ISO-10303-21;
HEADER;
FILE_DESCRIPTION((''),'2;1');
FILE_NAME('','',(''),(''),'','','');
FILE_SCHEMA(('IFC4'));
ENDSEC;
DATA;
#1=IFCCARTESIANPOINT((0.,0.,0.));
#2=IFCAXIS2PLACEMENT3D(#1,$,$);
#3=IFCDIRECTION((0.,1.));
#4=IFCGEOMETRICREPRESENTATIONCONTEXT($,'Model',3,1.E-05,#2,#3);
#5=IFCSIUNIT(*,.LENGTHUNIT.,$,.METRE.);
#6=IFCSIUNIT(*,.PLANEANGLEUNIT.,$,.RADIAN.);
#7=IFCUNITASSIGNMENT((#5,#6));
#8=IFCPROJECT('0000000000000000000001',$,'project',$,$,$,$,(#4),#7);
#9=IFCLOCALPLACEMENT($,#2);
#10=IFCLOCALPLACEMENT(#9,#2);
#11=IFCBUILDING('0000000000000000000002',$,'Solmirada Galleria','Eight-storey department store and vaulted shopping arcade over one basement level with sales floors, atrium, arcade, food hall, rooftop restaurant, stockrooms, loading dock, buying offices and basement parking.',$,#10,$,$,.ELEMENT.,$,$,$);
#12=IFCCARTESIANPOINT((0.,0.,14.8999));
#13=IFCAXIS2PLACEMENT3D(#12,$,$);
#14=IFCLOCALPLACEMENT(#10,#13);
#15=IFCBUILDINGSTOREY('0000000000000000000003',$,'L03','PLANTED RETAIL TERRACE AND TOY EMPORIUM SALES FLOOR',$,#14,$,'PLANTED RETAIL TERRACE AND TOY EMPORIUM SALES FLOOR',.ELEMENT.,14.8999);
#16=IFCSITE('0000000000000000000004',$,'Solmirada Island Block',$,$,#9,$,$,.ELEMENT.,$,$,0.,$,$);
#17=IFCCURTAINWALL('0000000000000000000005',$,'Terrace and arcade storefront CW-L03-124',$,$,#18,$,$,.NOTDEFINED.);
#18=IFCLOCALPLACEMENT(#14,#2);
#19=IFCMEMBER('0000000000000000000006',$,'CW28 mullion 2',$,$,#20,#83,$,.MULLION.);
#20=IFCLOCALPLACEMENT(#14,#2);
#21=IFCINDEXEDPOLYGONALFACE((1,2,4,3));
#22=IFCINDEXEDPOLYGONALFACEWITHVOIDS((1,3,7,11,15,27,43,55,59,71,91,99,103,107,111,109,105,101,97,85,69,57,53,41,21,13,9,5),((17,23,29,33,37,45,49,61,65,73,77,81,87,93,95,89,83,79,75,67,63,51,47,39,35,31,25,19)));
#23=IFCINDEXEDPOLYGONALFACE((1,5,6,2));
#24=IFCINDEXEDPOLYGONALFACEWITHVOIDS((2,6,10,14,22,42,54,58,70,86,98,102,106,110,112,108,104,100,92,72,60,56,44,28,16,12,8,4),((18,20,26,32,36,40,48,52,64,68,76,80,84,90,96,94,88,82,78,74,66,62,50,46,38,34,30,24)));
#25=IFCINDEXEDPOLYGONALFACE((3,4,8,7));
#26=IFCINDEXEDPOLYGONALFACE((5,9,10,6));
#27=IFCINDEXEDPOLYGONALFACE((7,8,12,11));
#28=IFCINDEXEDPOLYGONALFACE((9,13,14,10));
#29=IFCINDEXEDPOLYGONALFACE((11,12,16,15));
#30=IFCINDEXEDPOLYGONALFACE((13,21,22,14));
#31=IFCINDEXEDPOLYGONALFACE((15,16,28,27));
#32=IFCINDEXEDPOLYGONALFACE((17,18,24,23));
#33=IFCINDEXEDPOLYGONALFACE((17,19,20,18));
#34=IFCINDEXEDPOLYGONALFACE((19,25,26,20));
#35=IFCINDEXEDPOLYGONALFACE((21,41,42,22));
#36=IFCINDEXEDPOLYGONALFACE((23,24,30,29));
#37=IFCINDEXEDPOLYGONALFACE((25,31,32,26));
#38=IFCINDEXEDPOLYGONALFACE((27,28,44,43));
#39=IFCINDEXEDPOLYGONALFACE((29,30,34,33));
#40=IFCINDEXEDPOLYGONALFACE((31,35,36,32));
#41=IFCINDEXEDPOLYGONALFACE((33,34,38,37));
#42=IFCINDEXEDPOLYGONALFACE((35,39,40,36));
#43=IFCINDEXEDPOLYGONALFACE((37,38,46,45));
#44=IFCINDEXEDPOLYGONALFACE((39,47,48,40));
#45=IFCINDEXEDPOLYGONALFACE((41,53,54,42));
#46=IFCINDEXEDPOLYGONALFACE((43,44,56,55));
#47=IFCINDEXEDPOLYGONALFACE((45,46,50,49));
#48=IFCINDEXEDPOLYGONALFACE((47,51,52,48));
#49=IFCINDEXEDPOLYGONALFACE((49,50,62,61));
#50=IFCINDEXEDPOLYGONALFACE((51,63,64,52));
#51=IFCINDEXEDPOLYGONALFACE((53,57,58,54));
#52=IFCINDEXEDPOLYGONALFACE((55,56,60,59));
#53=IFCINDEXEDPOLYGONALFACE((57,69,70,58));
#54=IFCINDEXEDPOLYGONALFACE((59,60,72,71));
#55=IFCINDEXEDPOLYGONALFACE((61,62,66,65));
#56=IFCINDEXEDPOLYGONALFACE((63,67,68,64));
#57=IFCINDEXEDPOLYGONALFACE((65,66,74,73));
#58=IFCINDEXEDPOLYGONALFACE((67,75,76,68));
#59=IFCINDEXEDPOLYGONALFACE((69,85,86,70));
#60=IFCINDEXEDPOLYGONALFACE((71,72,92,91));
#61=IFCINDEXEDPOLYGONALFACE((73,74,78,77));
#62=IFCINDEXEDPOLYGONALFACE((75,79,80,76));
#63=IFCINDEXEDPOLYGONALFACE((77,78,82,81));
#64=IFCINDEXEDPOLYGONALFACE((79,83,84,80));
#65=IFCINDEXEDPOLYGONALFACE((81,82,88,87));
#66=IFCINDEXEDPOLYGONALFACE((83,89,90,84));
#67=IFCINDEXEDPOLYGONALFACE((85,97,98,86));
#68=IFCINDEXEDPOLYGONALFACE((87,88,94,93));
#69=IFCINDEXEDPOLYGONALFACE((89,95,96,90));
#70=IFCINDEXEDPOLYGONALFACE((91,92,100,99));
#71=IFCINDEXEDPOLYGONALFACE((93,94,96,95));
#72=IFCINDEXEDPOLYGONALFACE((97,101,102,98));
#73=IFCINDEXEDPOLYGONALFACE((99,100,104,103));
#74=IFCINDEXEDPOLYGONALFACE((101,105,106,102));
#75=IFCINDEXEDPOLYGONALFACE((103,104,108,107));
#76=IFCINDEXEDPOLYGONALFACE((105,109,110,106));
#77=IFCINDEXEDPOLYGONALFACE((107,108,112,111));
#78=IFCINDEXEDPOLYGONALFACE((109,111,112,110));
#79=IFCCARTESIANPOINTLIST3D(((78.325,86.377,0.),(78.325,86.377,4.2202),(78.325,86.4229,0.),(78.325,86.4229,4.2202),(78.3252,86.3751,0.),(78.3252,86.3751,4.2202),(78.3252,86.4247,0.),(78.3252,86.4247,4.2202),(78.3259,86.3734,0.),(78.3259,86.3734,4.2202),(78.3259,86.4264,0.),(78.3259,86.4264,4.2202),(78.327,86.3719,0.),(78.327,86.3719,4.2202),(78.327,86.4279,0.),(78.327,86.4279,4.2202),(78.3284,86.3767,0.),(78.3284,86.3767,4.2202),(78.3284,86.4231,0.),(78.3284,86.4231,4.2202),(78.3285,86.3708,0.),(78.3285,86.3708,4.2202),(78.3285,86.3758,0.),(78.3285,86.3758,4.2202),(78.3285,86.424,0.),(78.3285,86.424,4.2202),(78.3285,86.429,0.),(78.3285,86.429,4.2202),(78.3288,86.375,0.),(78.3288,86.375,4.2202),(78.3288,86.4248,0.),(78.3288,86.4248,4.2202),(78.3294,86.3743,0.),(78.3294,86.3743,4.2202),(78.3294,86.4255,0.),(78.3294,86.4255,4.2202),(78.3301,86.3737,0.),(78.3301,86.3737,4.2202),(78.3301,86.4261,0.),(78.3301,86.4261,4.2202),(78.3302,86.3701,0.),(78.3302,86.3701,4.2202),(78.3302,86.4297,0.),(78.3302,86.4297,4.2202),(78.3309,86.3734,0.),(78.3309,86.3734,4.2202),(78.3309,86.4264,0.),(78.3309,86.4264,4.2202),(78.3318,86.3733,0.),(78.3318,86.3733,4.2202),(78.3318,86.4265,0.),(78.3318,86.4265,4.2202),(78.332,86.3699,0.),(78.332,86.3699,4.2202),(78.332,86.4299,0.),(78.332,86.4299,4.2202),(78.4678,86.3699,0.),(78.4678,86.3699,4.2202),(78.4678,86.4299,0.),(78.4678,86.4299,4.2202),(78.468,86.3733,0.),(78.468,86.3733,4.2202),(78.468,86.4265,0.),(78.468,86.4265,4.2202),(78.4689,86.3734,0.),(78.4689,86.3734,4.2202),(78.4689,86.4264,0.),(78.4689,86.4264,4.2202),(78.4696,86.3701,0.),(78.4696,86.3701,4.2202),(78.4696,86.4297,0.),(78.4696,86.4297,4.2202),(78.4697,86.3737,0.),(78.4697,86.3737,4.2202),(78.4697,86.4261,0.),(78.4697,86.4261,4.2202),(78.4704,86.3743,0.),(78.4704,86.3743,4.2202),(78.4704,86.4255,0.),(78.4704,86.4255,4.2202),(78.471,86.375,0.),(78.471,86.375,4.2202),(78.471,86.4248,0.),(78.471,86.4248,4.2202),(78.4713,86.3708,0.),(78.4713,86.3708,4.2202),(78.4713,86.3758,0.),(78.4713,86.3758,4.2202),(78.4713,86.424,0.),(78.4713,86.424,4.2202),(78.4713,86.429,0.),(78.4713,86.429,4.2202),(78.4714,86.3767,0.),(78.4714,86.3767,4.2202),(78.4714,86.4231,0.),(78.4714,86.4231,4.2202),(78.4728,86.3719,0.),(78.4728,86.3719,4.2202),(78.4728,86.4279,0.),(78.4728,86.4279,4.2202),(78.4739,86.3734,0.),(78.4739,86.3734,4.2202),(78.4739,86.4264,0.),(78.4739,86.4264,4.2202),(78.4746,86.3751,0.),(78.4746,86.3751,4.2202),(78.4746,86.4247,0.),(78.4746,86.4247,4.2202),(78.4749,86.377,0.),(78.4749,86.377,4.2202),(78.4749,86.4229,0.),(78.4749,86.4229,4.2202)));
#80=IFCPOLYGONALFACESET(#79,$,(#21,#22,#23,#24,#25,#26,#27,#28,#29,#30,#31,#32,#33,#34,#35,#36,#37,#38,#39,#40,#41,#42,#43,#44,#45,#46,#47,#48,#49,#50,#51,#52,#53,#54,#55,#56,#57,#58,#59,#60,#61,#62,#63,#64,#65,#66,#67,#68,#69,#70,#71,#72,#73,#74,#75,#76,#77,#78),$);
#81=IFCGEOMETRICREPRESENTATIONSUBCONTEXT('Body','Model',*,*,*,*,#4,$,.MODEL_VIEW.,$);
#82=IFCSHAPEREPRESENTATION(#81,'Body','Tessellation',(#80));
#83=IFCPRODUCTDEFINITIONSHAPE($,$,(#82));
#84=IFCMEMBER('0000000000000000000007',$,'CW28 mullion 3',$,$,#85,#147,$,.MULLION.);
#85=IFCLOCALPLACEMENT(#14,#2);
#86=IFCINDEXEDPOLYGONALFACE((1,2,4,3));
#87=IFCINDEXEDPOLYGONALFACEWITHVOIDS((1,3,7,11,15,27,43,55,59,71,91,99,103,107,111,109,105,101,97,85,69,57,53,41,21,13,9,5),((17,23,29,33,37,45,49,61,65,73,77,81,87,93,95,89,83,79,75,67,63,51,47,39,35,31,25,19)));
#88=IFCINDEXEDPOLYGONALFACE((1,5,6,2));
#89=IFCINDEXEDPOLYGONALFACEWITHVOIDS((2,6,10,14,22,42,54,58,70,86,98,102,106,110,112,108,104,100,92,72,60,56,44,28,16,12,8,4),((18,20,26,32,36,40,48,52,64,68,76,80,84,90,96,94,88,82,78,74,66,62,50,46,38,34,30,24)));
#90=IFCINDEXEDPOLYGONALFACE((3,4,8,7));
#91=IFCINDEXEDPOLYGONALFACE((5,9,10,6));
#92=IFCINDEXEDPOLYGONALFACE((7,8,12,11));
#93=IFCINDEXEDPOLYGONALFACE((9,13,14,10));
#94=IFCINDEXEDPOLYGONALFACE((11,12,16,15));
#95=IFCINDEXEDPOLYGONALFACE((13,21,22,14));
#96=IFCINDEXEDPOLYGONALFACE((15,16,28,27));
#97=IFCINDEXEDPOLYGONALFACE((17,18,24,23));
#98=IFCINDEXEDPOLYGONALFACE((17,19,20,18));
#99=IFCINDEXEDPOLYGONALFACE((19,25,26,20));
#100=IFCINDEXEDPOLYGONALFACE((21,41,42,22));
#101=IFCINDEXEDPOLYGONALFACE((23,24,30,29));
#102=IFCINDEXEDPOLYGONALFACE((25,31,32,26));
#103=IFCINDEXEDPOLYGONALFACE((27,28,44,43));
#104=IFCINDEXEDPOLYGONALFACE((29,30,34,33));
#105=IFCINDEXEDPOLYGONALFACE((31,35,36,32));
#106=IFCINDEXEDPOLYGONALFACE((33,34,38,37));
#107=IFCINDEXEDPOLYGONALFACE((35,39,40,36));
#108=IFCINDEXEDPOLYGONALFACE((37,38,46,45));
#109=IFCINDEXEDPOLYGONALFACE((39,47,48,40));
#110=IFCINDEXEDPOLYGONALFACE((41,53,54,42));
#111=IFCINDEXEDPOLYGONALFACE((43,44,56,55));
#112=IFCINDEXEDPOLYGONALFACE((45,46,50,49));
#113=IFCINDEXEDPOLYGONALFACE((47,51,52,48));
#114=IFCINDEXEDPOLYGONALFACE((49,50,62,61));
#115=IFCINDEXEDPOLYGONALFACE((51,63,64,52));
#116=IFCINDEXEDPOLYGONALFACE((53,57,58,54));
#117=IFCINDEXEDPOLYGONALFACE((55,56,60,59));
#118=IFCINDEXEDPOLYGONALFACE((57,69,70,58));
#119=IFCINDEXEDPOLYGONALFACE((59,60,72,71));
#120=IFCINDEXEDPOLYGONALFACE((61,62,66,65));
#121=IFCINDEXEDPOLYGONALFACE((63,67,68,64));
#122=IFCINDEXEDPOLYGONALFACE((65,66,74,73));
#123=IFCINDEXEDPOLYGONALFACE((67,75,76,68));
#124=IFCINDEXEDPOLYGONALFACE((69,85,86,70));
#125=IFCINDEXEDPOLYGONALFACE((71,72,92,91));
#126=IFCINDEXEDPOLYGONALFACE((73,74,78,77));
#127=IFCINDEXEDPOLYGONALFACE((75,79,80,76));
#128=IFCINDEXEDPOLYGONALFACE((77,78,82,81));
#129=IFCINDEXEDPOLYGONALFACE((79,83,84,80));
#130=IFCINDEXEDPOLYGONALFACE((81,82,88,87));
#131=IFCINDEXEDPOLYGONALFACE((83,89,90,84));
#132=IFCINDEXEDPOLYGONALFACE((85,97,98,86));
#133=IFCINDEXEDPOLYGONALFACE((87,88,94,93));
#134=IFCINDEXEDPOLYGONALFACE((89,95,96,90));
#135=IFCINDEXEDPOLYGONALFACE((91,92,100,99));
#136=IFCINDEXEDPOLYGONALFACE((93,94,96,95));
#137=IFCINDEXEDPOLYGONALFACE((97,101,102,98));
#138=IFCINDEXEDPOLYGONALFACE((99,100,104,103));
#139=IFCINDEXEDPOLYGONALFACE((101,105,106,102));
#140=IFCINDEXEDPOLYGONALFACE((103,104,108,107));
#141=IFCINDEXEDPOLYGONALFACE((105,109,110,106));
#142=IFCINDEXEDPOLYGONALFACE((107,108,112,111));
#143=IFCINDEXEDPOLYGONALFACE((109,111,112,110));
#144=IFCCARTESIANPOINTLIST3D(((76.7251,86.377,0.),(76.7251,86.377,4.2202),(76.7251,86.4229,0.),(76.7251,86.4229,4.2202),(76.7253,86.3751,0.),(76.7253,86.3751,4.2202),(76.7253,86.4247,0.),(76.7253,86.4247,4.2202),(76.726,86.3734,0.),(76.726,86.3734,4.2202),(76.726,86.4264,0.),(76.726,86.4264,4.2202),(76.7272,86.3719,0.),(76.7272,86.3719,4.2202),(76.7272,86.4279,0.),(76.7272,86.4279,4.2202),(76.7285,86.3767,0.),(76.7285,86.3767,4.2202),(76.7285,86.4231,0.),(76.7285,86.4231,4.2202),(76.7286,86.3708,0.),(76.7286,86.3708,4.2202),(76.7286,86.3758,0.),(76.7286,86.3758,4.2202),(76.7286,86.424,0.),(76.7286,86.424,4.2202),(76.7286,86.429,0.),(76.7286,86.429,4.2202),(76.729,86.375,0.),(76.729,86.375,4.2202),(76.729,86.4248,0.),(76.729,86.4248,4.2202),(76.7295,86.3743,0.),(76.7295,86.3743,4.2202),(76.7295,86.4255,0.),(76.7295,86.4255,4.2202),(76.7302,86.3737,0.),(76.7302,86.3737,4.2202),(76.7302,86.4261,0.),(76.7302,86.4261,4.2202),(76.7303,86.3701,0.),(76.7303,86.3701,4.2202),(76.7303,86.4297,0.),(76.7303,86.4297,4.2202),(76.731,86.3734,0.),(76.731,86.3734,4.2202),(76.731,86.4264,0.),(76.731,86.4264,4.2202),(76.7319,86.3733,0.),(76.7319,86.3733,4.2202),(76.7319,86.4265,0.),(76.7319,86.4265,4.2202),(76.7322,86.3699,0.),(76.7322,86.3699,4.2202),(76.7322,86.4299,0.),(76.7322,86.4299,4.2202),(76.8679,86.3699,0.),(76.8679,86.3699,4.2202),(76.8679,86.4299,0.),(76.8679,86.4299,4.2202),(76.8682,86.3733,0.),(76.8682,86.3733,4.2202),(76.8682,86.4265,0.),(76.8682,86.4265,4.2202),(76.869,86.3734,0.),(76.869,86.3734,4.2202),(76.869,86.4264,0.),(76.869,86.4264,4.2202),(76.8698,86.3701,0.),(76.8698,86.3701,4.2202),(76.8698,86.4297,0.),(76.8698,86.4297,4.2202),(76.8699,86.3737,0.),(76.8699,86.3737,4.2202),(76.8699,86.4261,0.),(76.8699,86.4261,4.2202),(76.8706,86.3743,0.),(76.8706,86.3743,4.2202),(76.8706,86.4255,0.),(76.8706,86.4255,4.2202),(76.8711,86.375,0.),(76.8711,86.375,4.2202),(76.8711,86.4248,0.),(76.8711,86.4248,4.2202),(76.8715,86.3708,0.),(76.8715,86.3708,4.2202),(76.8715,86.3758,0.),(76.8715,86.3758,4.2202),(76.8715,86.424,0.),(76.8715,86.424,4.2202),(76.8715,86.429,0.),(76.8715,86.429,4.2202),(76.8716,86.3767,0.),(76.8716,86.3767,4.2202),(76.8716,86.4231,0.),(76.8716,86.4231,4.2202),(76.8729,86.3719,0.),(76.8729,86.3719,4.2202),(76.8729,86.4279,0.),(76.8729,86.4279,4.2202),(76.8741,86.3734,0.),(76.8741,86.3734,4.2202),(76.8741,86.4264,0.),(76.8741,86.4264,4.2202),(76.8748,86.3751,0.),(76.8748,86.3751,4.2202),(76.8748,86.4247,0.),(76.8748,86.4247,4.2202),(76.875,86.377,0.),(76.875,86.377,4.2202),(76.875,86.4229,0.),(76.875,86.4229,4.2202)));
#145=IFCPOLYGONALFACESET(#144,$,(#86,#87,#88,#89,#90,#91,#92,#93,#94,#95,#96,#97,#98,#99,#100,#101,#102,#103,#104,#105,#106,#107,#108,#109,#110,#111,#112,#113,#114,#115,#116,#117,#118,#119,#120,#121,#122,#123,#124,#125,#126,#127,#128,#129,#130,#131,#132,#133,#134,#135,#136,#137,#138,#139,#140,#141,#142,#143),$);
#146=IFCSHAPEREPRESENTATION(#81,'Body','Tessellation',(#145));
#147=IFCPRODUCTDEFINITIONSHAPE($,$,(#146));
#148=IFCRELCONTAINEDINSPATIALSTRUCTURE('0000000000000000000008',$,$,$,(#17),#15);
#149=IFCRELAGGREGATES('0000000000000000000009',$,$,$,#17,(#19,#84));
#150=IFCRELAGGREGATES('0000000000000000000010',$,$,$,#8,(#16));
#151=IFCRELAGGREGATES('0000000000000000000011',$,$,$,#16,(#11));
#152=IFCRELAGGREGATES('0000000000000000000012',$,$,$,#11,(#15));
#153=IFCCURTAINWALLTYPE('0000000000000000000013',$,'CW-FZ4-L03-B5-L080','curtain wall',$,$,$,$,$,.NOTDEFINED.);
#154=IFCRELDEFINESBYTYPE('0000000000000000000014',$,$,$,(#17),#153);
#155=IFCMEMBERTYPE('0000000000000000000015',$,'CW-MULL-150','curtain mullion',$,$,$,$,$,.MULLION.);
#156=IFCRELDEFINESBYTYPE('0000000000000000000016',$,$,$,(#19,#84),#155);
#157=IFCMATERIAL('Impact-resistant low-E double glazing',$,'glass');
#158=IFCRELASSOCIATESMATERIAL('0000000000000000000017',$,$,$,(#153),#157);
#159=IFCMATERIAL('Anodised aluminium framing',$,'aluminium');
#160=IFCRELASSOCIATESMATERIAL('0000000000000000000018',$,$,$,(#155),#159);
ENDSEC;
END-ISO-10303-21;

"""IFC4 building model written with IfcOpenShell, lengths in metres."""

from ifc_helpers import new_model, si_unit, direction, frame, origin, origin_2d, place, context, subcontext, project, spatial, hollow_rectangle, extrude, material, material_profile, profile_set, type_object, element, aggregate, save


model = new_model("IFC4")

# Units and contexts
model_context = context("Model", 3, precision=1e-05, world=origin(), true_north=direction((0.0, 1.0)))
body_context = subcontext(model_context, "Body", "Model", "MODEL_VIEW")
ifc_project = project(units=[si_unit("LENGTHUNIT", "METRE"), si_unit("PLANEANGLEUNIT", "RADIAN")], contexts=[model_context])

# Site, building, storey
site_placement = place(None, origin())
site = spatial("IfcSite", under=ifc_project, at=site_placement, Name="Solmirada Island Block", CompositionType="ELEMENT", RefElevation=0.0)
building_placement = place(site_placement, origin())
building = spatial("IfcBuilding", under=site, at=building_placement, Name="Solmirada Galleria", Description="Eight-storey department store and vaulted shopping arcade over one basement level with sales floors, atrium, arcade, food hall, rooftop restaurant, stockrooms, loading dock, buying offices and basement parking.", CompositionType="ELEMENT")
storey_placement = place(building_placement, frame((0.0, 0.0, 14.8999)))
storey = spatial("IfcBuildingStorey", under=building, at=storey_placement, Name="L03", Description="PLANTED RETAIL TERRACE AND TOY EMPORIUM SALES FLOOR", LongName="PLANTED RETAIL TERRACE AND TOY EMPORIUM SALES FLOOR", CompositionType="ELEMENT", Elevation=14.8999)

# Shared definitions
ifc_material_1 = material(Name="Impact-resistant low-E double glazing", Category="glass")
curtain_wall_type = type_object("IfcCurtainWallType", Name="CW-FZ4-L03-B5-L080", Description="curtain wall", PredefinedType="NOTDEFINED", material=ifc_material_1)
ifc_material_2 = material(Name="Anodised aluminium framing", Category="aluminium")
ifc_material_profile_1 = material_profile(ifc_material_2, hollow_rectangle(XDim=0.0601, YDim=0.1499, WallThickness=0.0034, InnerFilletRadius=0.0034, OuterFilletRadius=0.0071, at=origin_2d()), Name="ALU-MULL-150X60")
ifc_profile_set_1 = profile_set([ifc_material_profile_1], Name="Anodised aluminium framing")
member_type_1 = type_object("IfcMemberType", Name="CW-MULL-150", Description="curtain mullion", PredefinedType="MULLION", material=ifc_profile_set_1)

# Curtain wall, members
curtain_wall_1_placement = place(storey_placement, origin())
curtain_wall_1 = element("IfcCurtainWall", 1, at=curtain_wall_1_placement, inside=storey, type_object=curtain_wall_type, Name="Terrace and arcade storefront CW-L03-124", PredefinedType="NOTDEFINED")
member_1_placement = place(storey_placement, frame((78.3999, 86.3999, 0.0), z_axis=(0.0, 0.0, 1.0), x_axis=(0.0, -1.0, 0.0)))
member_1 = element("IfcMember", 2, at=member_1_placement, type_object=member_type_1, Name="CW28 mullion 2", PredefinedType="MULLION", context=body_context, shape_type="SweptSolid", body=[
    extrude(hollow_rectangle(XDim=0.0601, YDim=0.1499, WallThickness=0.0034, InnerFilletRadius=0.0034, OuterFilletRadius=0.0071, at=origin_2d()), origin(), (0.0, 0.0, 1.0), 4.2202),
])
member_2_placement = place(storey_placement, frame((76.8, 86.3999, 0.0), z_axis=(0.0, 0.0, 1.0), x_axis=(0.0, -1.0, 0.0)))
member_2 = element("IfcMember", 3, at=member_2_placement, type_object=member_type_1, Name="CW28 mullion 3", PredefinedType="MULLION", context=body_context, shape_type="SweptSolid", body=[
    extrude(hollow_rectangle(XDim=0.0601, YDim=0.1499, WallThickness=0.0034, InnerFilletRadius=0.0034, OuterFilletRadius=0.0071, at=origin_2d()), origin(), (0.0, 0.0, 1.0), 4.2202),
])

aggregate(curtain_wall_1, [member_1, member_2])

save(model, "model.ifc")
